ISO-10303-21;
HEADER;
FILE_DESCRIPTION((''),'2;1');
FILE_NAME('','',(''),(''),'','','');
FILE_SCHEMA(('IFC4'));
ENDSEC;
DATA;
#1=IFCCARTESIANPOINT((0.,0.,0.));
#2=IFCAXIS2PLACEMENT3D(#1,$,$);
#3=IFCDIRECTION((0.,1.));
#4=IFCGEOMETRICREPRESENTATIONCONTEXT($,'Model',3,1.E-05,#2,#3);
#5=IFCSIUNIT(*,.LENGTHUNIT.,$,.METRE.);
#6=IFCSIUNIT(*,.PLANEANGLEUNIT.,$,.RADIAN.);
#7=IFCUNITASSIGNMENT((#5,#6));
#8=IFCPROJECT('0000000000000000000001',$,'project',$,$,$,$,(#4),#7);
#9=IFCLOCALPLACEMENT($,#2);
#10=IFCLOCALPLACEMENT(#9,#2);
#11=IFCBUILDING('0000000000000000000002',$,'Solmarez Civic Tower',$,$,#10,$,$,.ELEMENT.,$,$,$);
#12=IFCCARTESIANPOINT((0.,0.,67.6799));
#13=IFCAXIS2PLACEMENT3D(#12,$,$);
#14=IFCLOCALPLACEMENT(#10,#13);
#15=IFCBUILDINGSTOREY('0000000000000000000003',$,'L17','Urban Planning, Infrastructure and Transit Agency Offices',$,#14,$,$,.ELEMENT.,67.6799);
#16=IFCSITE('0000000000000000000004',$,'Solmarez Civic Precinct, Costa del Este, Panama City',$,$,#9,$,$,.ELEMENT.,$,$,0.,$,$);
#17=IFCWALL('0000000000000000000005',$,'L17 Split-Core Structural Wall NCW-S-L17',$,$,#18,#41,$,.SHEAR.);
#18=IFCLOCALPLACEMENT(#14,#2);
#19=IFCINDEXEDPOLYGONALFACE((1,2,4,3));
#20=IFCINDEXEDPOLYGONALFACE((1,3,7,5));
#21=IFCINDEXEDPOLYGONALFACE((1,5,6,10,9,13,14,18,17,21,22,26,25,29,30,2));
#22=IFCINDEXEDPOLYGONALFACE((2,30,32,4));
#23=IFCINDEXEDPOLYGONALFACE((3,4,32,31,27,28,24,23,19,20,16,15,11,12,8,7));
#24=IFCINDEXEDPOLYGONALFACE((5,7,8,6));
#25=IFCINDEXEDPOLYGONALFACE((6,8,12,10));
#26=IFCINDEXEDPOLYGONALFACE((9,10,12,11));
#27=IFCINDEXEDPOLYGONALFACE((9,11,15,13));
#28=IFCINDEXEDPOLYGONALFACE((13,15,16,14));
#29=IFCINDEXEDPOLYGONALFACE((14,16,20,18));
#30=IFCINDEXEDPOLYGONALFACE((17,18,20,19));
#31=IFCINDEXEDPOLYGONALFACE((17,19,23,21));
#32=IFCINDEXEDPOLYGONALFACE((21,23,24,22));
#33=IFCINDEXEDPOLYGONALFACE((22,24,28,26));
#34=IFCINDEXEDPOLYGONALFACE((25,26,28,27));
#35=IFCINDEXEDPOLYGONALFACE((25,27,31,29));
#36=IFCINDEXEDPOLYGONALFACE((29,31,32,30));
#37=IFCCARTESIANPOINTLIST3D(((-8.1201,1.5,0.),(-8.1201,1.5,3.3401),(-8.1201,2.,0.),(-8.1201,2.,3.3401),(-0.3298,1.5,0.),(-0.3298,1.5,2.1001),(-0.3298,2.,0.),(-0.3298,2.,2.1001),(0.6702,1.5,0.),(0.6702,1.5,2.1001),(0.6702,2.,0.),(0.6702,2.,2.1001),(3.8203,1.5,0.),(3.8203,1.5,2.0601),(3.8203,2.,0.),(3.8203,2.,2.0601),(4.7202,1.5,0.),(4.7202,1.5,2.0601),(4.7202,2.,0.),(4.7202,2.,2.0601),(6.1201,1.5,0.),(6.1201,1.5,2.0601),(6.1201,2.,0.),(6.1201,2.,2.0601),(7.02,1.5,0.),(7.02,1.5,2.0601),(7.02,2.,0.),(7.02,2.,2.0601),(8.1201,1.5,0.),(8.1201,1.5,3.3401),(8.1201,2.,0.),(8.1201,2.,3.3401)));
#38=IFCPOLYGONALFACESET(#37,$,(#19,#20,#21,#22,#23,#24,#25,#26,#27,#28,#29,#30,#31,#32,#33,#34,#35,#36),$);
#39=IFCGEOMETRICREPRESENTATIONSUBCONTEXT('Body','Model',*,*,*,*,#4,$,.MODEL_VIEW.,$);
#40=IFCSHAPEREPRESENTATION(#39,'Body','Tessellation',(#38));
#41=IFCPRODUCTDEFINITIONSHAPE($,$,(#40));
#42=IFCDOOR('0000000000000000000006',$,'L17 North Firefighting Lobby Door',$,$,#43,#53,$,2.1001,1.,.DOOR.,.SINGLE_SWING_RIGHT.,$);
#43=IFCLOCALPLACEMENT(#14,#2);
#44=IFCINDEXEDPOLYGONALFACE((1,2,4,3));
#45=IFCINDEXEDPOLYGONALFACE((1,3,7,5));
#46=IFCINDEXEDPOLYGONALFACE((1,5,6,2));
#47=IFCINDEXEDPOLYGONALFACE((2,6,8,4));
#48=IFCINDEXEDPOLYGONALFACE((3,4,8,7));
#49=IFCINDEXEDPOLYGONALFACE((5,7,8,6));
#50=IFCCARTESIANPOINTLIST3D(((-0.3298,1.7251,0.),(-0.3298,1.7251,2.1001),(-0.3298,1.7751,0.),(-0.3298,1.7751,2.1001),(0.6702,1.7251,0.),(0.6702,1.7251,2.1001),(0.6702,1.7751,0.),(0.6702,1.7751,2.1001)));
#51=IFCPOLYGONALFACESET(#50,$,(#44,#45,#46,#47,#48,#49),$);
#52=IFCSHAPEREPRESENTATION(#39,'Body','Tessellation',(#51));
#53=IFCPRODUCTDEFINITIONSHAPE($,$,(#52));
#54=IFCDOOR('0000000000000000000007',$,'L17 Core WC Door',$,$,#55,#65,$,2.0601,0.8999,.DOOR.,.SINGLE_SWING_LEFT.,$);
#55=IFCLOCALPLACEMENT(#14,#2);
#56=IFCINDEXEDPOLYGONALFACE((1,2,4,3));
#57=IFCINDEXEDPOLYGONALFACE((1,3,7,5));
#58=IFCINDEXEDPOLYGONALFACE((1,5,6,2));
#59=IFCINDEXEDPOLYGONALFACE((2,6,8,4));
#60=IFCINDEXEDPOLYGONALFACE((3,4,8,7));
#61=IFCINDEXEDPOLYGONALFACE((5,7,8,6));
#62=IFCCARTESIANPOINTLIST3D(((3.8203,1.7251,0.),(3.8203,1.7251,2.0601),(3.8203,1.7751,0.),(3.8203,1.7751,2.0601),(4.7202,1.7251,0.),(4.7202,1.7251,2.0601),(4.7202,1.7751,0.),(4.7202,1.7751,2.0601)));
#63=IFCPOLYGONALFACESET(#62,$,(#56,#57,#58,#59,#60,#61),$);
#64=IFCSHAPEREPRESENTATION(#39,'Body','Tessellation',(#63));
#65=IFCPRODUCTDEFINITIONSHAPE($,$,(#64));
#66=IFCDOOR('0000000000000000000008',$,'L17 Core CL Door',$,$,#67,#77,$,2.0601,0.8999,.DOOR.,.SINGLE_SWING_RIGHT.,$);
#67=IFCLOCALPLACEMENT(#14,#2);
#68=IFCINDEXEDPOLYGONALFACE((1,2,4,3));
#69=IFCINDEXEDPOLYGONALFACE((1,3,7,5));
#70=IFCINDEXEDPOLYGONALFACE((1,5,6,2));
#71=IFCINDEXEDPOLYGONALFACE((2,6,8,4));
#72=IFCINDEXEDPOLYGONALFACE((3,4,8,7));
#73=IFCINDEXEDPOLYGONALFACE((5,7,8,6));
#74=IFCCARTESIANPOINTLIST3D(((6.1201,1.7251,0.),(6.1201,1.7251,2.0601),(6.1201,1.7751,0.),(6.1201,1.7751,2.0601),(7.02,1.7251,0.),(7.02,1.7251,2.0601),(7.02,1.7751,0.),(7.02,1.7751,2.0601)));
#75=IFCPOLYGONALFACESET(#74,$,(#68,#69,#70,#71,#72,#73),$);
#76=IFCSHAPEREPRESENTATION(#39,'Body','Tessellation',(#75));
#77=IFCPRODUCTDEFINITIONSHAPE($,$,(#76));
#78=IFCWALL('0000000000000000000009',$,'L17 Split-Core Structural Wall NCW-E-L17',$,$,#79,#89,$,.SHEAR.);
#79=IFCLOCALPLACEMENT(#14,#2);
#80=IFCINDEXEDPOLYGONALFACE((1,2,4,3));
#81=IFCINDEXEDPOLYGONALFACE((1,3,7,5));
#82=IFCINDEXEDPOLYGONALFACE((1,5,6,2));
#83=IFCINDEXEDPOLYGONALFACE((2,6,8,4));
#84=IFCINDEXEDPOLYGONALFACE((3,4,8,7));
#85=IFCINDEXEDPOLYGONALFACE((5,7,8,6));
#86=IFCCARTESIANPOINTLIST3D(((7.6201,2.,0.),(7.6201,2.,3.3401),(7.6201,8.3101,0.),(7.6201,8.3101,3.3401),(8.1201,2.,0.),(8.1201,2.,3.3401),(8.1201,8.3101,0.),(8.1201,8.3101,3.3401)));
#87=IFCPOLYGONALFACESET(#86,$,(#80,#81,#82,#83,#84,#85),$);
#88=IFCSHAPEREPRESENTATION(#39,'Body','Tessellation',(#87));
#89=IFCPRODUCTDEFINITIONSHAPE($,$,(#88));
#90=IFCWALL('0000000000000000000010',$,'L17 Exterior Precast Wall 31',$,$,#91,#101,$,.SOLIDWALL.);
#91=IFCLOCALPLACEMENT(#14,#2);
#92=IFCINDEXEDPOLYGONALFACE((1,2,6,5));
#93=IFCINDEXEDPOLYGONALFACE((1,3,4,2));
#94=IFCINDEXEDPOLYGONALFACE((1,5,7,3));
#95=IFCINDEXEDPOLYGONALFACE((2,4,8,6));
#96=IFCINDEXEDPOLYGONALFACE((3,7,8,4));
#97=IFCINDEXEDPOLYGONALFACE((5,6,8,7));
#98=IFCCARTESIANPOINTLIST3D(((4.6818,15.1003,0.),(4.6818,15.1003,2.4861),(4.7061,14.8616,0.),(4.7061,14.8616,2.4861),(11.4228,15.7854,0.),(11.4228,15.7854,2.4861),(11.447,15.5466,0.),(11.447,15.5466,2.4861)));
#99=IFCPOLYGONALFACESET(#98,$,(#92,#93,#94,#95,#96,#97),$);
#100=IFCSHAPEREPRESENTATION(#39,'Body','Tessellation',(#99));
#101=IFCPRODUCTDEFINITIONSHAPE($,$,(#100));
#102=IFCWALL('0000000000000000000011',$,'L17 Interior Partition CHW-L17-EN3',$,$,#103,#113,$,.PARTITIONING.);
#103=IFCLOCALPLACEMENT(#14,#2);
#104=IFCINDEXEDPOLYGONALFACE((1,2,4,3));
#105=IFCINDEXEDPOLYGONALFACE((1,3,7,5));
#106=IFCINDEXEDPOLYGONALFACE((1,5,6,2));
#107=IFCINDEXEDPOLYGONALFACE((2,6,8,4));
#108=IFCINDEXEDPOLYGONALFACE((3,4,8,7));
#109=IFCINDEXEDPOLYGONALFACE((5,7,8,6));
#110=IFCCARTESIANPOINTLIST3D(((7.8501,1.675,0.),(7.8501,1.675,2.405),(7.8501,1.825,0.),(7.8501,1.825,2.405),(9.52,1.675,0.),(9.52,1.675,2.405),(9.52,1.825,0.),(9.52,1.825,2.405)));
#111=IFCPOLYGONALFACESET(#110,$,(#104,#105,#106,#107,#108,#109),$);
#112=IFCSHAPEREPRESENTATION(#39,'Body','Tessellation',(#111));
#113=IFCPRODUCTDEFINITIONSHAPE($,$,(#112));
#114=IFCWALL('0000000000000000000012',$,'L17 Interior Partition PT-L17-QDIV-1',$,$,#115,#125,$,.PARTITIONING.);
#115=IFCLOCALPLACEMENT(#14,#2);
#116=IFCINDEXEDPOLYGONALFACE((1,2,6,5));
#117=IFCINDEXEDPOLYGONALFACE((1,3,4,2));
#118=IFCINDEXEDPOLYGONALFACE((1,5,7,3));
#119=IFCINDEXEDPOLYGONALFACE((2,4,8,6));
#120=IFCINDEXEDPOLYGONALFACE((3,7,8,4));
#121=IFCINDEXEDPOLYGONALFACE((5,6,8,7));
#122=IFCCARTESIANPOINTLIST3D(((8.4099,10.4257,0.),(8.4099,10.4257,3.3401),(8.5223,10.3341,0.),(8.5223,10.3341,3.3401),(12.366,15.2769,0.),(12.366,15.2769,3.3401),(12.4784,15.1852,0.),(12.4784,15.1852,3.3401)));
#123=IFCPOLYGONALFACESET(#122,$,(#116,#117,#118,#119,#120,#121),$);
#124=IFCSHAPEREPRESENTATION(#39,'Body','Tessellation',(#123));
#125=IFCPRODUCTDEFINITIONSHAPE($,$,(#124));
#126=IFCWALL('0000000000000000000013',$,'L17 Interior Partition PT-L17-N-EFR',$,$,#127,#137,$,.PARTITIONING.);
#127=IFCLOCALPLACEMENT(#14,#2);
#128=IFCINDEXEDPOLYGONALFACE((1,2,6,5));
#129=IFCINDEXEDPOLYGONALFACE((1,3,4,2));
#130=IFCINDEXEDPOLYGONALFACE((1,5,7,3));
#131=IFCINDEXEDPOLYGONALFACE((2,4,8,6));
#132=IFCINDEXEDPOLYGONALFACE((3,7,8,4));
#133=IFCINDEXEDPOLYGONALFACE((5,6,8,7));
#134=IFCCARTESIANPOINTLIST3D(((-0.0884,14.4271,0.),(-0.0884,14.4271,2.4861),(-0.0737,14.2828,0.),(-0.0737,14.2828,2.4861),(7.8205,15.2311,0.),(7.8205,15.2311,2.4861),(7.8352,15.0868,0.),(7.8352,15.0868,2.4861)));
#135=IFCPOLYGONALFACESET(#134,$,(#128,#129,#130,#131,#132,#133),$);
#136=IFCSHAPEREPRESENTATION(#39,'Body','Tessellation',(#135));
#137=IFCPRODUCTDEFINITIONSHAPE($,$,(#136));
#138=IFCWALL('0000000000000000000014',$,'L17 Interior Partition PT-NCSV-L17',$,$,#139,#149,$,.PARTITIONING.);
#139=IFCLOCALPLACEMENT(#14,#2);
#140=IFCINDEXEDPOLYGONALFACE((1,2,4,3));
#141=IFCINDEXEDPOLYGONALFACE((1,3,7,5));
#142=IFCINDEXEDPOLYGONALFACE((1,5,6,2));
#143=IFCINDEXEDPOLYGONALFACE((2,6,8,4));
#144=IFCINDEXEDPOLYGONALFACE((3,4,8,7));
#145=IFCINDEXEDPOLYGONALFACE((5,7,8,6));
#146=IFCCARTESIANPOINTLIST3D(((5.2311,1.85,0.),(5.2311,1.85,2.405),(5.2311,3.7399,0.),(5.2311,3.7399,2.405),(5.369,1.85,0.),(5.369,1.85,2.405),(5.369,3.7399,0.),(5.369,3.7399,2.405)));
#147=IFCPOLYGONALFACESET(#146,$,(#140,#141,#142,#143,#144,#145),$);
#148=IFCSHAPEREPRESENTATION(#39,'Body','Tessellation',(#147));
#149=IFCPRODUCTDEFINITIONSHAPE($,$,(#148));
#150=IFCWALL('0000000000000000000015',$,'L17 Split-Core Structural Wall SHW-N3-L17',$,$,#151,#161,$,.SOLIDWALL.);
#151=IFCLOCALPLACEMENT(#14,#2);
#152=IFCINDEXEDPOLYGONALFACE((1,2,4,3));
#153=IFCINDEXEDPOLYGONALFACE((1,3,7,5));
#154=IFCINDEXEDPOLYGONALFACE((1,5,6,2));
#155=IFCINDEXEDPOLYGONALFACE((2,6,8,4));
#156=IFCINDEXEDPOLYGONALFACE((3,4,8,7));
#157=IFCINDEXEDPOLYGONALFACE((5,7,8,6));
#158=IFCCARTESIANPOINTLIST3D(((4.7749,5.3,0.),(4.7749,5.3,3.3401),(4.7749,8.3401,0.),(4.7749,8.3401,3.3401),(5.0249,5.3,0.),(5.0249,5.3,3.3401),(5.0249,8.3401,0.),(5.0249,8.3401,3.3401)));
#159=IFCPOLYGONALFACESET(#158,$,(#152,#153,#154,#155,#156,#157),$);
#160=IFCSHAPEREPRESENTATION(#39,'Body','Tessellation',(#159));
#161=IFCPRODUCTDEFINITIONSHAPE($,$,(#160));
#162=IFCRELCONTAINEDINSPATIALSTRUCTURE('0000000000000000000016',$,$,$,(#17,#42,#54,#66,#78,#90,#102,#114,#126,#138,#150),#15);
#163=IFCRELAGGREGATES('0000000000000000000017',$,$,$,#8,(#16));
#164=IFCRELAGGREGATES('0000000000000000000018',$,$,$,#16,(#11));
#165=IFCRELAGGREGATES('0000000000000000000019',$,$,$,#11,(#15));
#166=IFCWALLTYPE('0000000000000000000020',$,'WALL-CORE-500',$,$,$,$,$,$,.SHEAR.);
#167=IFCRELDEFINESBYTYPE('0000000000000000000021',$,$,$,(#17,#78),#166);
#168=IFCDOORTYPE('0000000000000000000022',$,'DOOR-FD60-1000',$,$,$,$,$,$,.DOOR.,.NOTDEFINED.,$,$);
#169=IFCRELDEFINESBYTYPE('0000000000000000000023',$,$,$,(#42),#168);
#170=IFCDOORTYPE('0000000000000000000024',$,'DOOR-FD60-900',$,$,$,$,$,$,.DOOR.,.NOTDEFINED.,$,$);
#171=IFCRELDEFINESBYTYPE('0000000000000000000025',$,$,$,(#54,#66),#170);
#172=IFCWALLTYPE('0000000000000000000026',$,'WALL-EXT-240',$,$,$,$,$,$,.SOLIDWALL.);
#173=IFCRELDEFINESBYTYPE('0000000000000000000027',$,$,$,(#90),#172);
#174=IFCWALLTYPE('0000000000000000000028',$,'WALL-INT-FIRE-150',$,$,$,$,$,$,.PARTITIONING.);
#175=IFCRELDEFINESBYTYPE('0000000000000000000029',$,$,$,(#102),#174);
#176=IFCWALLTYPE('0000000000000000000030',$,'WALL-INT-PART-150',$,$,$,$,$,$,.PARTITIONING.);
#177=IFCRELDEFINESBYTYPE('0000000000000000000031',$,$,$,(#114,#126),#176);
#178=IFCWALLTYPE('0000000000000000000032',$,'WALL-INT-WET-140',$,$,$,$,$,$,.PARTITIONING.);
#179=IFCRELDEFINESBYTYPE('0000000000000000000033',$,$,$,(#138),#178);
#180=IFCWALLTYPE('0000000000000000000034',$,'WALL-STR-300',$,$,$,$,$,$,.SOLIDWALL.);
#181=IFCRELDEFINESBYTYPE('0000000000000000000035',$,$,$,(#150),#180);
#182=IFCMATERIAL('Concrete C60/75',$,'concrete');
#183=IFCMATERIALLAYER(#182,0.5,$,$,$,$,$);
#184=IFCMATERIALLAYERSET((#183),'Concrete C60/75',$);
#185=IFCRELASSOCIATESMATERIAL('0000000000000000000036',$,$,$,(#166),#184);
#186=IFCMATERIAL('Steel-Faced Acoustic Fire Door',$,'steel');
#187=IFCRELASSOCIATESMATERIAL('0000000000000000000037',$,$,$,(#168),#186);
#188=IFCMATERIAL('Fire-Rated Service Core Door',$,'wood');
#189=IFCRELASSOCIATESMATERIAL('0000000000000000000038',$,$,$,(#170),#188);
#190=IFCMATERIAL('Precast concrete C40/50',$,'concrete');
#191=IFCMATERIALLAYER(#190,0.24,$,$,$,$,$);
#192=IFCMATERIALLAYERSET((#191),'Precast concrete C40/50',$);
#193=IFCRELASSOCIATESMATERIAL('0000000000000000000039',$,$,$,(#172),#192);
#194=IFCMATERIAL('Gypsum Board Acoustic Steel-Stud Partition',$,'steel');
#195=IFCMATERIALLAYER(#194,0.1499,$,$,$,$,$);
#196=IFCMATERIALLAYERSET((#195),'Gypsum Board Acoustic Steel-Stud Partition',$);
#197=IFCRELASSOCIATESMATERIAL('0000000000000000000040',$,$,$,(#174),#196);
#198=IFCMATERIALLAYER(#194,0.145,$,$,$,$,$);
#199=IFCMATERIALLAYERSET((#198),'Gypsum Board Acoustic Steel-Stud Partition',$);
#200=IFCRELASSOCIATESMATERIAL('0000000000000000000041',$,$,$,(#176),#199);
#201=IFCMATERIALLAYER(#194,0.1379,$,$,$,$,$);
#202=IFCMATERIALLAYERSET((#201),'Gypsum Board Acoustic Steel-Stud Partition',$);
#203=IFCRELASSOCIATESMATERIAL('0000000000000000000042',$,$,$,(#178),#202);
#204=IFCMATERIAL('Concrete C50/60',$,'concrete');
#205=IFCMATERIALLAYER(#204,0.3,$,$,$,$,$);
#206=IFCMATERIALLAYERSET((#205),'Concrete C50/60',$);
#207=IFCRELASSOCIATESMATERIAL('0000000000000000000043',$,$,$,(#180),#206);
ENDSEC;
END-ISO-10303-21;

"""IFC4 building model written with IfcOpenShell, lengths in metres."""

from ifc_helpers import new_model, si_unit, direction, frame, frame_2d, origin, place, context, subcontext, project, spatial, rectangle, extrude, material, layer, layer_set, type_object, element, fill, save


model = new_model("IFC4")

# Units and contexts
model_context = context("Model", 3, precision=1e-05, world=origin(), true_north=direction((0.0, 1.0)))
body_context = subcontext(model_context, "Body", "Model", "MODEL_VIEW")
ifc_project = project(units=[si_unit("LENGTHUNIT", "METRE"), si_unit("PLANEANGLEUNIT", "RADIAN")], contexts=[model_context])

# Site, building, storey
site_placement = place(None, origin())
site = spatial("IfcSite", under=ifc_project, at=site_placement, Name="Solmarez Civic Precinct, Costa del Este, Panama City", CompositionType="ELEMENT", RefElevation=0.0)
building_placement = place(site_placement, origin())
building = spatial("IfcBuilding", under=site, at=building_placement, Name="Solmarez Civic Tower", CompositionType="ELEMENT")
storey_placement = place(building_placement, frame((0.0, 0.0, 67.6799)))
storey = spatial("IfcBuildingStorey", under=building, at=storey_placement, Name="L17", Description="Urban Planning, Infrastructure and Transit Agency Offices", CompositionType="ELEMENT", Elevation=67.6799)

# Shared definitions
ifc_material_1 = material(Name="Concrete C60/75", Category="concrete")

# Wall, openings, doors
ifc_layer_1 = layer(ifc_material_1, 0.5)
ifc_layer_set_1 = layer_set([ifc_layer_1], Name="Concrete C60/75")
wall_type_1 = type_object("IfcWallType", Name="WALL-CORE-500", PredefinedType="SHEAR", material=ifc_layer_set_1)
wall_1_placement = place(storey_placement, frame((8.1201, 1.75, 0.0), z_axis=(0.0, 0.0, 1.0), x_axis=(-1.0, 0.0, 0.0)))
wall_1 = element("IfcWall", 1, at=wall_1_placement, inside=storey, type_object=wall_type_1, Name="L17 Split-Core Structural Wall NCW-S-L17", PredefinedType="SHEAR", context=body_context, shape_type="SweptSolid", body=[
    extrude(rectangle(XDim=16.2402, YDim=0.5, at=frame_2d((8.1201, 0.0))), origin(), (0.0, 0.0, 1.0), 3.3401),
])
opening_1_placement = place(wall_1_placement, frame((7.45, 0.0, 0.0)))
opening_1 = element("IfcOpeningElement", 2, at=opening_1_placement, cuts=wall_1, PredefinedType="OPENING", context=body_context, shape_type="SweptSolid", body=[
    extrude(rectangle(XDim=1.0, YDim=2.1001, at=frame_2d((0.5, 1.05))), frame((0.0, 0.26, 0.0), z_axis=(0.0, -1.0, 0.0), x_axis=(1.0, 0.0, 0.0)), (0.0, 0.0, 1.0), 0.52),
])
opening_2_placement = place(wall_1_placement, frame((3.3999, 0.0, 0.0)))
opening_2 = element("IfcOpeningElement", 3, at=opening_2_placement, cuts=wall_1, PredefinedType="OPENING", context=body_context, shape_type="SweptSolid", body=[
    extrude(rectangle(XDim=0.8999, YDim=2.0601, at=frame_2d((0.45, 1.03))), frame((0.0, 0.26, 0.0), z_axis=(0.0, -1.0, 0.0), x_axis=(1.0, 0.0, 0.0)), (0.0, 0.0, 1.0), 0.52),
])
opening_3_placement = place(wall_1_placement, frame((1.1001, 0.0, 0.0)))
opening_3 = element("IfcOpeningElement", 4, at=opening_3_placement, cuts=wall_1, PredefinedType="OPENING", context=body_context, shape_type="SweptSolid", body=[
    extrude(rectangle(XDim=0.8999, YDim=2.0601, at=frame_2d((0.45, 1.03))), frame((0.0, 0.26, 0.0), z_axis=(0.0, -1.0, 0.0), x_axis=(1.0, 0.0, 0.0)), (0.0, 0.0, 1.0), 0.52),
])
ifc_material_2 = material(Name="Steel-Faced Acoustic Fire Door", Category="steel")
door_type_1 = type_object("IfcDoorType", Name="DOOR-FD60-1000", OperationType="NOTDEFINED", PredefinedType="DOOR", material=ifc_material_2)
door_1_placement = place(opening_1_placement, origin())
door_1 = element("IfcDoor", 5, at=door_1_placement, inside=storey, type_object=door_type_1, Name="L17 North Firefighting Lobby Door", OperationType="SINGLE_SWING_RIGHT", OverallHeight=2.1001, OverallWidth=1.0, PredefinedType="DOOR", context=body_context, shape_type="SweptSolid", body=[
    extrude(rectangle(XDim=1.0, YDim=2.1001, at=frame_2d((0.5, 1.05))), frame((0.0, 0.0249, 0.0), z_axis=(0.0, -1.0, 0.0), x_axis=(1.0, 0.0, 0.0)), (0.0, 0.0, 1.0), 0.05),
])
fill(opening_1, door_1)
ifc_material_3 = material(Name="Fire-Rated Service Core Door", Category="wood")
door_type_2 = type_object("IfcDoorType", Name="DOOR-FD60-900", OperationType="NOTDEFINED", PredefinedType="DOOR", material=ifc_material_3)
door_2_placement = place(opening_2_placement, origin())
door_2 = element("IfcDoor", 6, at=door_2_placement, inside=storey, type_object=door_type_2, Name="L17 Core WC Door", OperationType="SINGLE_SWING_LEFT", OverallHeight=2.0601, OverallWidth=0.8999, PredefinedType="DOOR", context=body_context, shape_type="SweptSolid", body=[
    extrude(rectangle(XDim=0.8999, YDim=2.0601, at=frame_2d((0.45, 1.03))), frame((0.0, 0.0249, 0.0), z_axis=(0.0, -1.0, 0.0), x_axis=(1.0, 0.0, 0.0)), (0.0, 0.0, 1.0), 0.05),
])
fill(opening_2, door_2)
door_3_placement = place(opening_3_placement, origin())
door_3 = element("IfcDoor", 7, at=door_3_placement, inside=storey, type_object=door_type_2, Name="L17 Core CL Door", OperationType="SINGLE_SWING_RIGHT", OverallHeight=2.0601, OverallWidth=0.8999, PredefinedType="DOOR", context=body_context, shape_type="SweptSolid", body=[
    extrude(rectangle(XDim=0.8999, YDim=2.0601, at=frame_2d((0.45, 1.03))), frame((0.0, 0.0249, 0.0), z_axis=(0.0, -1.0, 0.0), x_axis=(1.0, 0.0, 0.0)), (0.0, 0.0, 1.0), 0.05),
])
fill(opening_3, door_3)

# Walls
wall_2_placement = place(storey_placement, frame((7.8701, 8.3101, 0.0), z_axis=(0.0, 0.0, 1.0), x_axis=(0.0, -1.0, 0.0)))
element("IfcWall", 8, at=wall_2_placement, inside=storey, type_object=wall_type_1, Name="L17 Split-Core Structural Wall NCW-E-L17", PredefinedType="SHEAR", context=body_context, shape_type="SweptSolid", body=[
    extrude(rectangle(XDim=6.3101, YDim=0.5, at=frame_2d((3.155, 0.0))), origin(), (0.0, 0.0, 1.0), 3.3401),
])
ifc_material_4 = material(Name="Precast concrete C40/50", Category="concrete")
ifc_layer_2 = layer(ifc_material_4, 0.24)
ifc_layer_set_2 = layer_set([ifc_layer_2], Name="Precast concrete C40/50")
wall_type_2 = type_object("IfcWallType", Name="WALL-EXT-240", PredefinedType="SOLIDWALL", material=ifc_layer_set_2)
wall_3_placement = place(storey_placement, frame((4.6941, 14.981, 0.0), z_axis=(0.0, 0.0, 1.0), x_axis=(0.994876, 0.101105, 0.0)))
element("IfcWall", 9, at=wall_3_placement, inside=storey, type_object=wall_type_2, Name="L17 Exterior Precast Wall 31", PredefinedType="SOLIDWALL", context=body_context, shape_type="SweptSolid", body=[
    extrude(rectangle(XDim=6.7756, YDim=0.24, at=frame_2d((3.3877, 0.0))), origin(), (0.0, 0.0, 1.0), 2.4861),
])
ifc_material_5 = material(Name="Gypsum Board Acoustic Steel-Stud Partition", Category="steel")
ifc_layer_3 = layer(ifc_material_5, 0.1499)
ifc_layer_set_3 = layer_set([ifc_layer_3], Name="Gypsum Board Acoustic Steel-Stud Partition")
wall_type_3 = type_object("IfcWallType", Name="WALL-INT-FIRE-150", PredefinedType="PARTITIONING", material=ifc_layer_set_3)
wall_4_placement = place(storey_placement, frame((7.8501, 1.75, 0.0), z_axis=(0.0, 0.0, 1.0), x_axis=(1.0, 0.0, 0.0)))
element("IfcWall", 10, at=wall_4_placement, inside=storey, type_object=wall_type_3, Name="L17 Interior Partition CHW-L17-EN3", PredefinedType="PARTITIONING", context=body_context, shape_type="SweptSolid", body=[
    extrude(rectangle(XDim=1.6699, YDim=0.1499, at=frame_2d((0.835, 0.0))), origin(), (0.0, 0.0, 1.0), 2.405),
])
ifc_layer_4 = layer(ifc_material_5, 0.145)
ifc_layer_set_4 = layer_set([ifc_layer_4], Name="Gypsum Board Acoustic Steel-Stud Partition")
wall_type_4 = type_object("IfcWallType", Name="WALL-INT-PART-150", PredefinedType="PARTITIONING", material=ifc_layer_set_4)
wall_5_placement = place(storey_placement, frame((8.4661, 10.3799, 0.0), z_axis=(0.0, 0.0, 1.0), x_axis=(0.631992, 0.774975, 0.0)))
element("IfcWall", 11, at=wall_5_placement, inside=storey, type_object=wall_type_4, Name="L17 Interior Partition PT-L17-QDIV-1", PredefinedType="PARTITIONING", context=body_context, shape_type="SweptSolid", body=[
    extrude(rectangle(XDim=6.2598, YDim=0.145, at=frame_2d((3.1299, 0.0))), origin(), (0.0, 0.0, 1.0), 3.3401),
])
wall_6_placement = place(storey_placement, frame((7.8279, 15.1589, 0.0), z_axis=(0.0, 0.0, 1.0), x_axis=(-0.994873, -0.10113, 0.0)))
element("IfcWall", 12, at=wall_6_placement, inside=storey, type_object=wall_type_4, Name="L17 Interior Partition PT-L17-N-EFR", PredefinedType="PARTITIONING", context=body_context, shape_type="SweptSolid", body=[
    extrude(rectangle(XDim=7.9497, YDim=0.145, at=frame_2d((3.9749, 0.0))), origin(), (0.0, 0.0, 1.0), 2.4861),
])
ifc_layer_5 = layer(ifc_material_5, 0.1379)
ifc_layer_set_5 = layer_set([ifc_layer_5], Name="Gypsum Board Acoustic Steel-Stud Partition")
wall_type_5 = type_object("IfcWallType", Name="WALL-INT-WET-140", PredefinedType="PARTITIONING", material=ifc_layer_set_5)
wall_7_placement = place(storey_placement, frame((5.3, 1.8501, 0.0), z_axis=(0.0, 0.0, 1.0), x_axis=(0.0, 1.0, 0.0)))
element("IfcWall", 13, at=wall_7_placement, inside=storey, type_object=wall_type_5, Name="L17 Interior Partition PT-NCSV-L17", PredefinedType="PARTITIONING", context=body_context, shape_type="SweptSolid", body=[
    extrude(rectangle(XDim=1.8899, YDim=0.1379, at=frame_2d((0.9448, 0.0))), origin(), (0.0, 0.0, 1.0), 2.405),
])

# Shared definitions
ifc_material_6 = material(Name="Concrete C50/60", Category="concrete")
ifc_layer_6 = layer(ifc_material_6, 0.3)
ifc_layer_set_6 = layer_set([ifc_layer_6], Name="Concrete C50/60")
wall_type_6 = type_object("IfcWallType", Name="WALL-STR-300", PredefinedType="SOLIDWALL", material=ifc_layer_set_6)

# Wall
wall_8_placement = place(storey_placement, frame((4.8999, 5.3, 0.0), z_axis=(0.0, 0.0, 1.0), x_axis=(0.0, 1.0, 0.0)))
element("IfcWall", 14, at=wall_8_placement, inside=storey, type_object=wall_type_6, Name="L17 Split-Core Structural Wall SHW-N3-L17", PredefinedType="SOLIDWALL", context=body_context, shape_type="SweptSolid", body=[
    extrude(rectangle(XDim=3.04, YDim=0.25, at=frame_2d((1.52, 0.0))), origin(), (0.0, 0.0, 1.0), 3.3401),
])

save(model, "model.ifc")
